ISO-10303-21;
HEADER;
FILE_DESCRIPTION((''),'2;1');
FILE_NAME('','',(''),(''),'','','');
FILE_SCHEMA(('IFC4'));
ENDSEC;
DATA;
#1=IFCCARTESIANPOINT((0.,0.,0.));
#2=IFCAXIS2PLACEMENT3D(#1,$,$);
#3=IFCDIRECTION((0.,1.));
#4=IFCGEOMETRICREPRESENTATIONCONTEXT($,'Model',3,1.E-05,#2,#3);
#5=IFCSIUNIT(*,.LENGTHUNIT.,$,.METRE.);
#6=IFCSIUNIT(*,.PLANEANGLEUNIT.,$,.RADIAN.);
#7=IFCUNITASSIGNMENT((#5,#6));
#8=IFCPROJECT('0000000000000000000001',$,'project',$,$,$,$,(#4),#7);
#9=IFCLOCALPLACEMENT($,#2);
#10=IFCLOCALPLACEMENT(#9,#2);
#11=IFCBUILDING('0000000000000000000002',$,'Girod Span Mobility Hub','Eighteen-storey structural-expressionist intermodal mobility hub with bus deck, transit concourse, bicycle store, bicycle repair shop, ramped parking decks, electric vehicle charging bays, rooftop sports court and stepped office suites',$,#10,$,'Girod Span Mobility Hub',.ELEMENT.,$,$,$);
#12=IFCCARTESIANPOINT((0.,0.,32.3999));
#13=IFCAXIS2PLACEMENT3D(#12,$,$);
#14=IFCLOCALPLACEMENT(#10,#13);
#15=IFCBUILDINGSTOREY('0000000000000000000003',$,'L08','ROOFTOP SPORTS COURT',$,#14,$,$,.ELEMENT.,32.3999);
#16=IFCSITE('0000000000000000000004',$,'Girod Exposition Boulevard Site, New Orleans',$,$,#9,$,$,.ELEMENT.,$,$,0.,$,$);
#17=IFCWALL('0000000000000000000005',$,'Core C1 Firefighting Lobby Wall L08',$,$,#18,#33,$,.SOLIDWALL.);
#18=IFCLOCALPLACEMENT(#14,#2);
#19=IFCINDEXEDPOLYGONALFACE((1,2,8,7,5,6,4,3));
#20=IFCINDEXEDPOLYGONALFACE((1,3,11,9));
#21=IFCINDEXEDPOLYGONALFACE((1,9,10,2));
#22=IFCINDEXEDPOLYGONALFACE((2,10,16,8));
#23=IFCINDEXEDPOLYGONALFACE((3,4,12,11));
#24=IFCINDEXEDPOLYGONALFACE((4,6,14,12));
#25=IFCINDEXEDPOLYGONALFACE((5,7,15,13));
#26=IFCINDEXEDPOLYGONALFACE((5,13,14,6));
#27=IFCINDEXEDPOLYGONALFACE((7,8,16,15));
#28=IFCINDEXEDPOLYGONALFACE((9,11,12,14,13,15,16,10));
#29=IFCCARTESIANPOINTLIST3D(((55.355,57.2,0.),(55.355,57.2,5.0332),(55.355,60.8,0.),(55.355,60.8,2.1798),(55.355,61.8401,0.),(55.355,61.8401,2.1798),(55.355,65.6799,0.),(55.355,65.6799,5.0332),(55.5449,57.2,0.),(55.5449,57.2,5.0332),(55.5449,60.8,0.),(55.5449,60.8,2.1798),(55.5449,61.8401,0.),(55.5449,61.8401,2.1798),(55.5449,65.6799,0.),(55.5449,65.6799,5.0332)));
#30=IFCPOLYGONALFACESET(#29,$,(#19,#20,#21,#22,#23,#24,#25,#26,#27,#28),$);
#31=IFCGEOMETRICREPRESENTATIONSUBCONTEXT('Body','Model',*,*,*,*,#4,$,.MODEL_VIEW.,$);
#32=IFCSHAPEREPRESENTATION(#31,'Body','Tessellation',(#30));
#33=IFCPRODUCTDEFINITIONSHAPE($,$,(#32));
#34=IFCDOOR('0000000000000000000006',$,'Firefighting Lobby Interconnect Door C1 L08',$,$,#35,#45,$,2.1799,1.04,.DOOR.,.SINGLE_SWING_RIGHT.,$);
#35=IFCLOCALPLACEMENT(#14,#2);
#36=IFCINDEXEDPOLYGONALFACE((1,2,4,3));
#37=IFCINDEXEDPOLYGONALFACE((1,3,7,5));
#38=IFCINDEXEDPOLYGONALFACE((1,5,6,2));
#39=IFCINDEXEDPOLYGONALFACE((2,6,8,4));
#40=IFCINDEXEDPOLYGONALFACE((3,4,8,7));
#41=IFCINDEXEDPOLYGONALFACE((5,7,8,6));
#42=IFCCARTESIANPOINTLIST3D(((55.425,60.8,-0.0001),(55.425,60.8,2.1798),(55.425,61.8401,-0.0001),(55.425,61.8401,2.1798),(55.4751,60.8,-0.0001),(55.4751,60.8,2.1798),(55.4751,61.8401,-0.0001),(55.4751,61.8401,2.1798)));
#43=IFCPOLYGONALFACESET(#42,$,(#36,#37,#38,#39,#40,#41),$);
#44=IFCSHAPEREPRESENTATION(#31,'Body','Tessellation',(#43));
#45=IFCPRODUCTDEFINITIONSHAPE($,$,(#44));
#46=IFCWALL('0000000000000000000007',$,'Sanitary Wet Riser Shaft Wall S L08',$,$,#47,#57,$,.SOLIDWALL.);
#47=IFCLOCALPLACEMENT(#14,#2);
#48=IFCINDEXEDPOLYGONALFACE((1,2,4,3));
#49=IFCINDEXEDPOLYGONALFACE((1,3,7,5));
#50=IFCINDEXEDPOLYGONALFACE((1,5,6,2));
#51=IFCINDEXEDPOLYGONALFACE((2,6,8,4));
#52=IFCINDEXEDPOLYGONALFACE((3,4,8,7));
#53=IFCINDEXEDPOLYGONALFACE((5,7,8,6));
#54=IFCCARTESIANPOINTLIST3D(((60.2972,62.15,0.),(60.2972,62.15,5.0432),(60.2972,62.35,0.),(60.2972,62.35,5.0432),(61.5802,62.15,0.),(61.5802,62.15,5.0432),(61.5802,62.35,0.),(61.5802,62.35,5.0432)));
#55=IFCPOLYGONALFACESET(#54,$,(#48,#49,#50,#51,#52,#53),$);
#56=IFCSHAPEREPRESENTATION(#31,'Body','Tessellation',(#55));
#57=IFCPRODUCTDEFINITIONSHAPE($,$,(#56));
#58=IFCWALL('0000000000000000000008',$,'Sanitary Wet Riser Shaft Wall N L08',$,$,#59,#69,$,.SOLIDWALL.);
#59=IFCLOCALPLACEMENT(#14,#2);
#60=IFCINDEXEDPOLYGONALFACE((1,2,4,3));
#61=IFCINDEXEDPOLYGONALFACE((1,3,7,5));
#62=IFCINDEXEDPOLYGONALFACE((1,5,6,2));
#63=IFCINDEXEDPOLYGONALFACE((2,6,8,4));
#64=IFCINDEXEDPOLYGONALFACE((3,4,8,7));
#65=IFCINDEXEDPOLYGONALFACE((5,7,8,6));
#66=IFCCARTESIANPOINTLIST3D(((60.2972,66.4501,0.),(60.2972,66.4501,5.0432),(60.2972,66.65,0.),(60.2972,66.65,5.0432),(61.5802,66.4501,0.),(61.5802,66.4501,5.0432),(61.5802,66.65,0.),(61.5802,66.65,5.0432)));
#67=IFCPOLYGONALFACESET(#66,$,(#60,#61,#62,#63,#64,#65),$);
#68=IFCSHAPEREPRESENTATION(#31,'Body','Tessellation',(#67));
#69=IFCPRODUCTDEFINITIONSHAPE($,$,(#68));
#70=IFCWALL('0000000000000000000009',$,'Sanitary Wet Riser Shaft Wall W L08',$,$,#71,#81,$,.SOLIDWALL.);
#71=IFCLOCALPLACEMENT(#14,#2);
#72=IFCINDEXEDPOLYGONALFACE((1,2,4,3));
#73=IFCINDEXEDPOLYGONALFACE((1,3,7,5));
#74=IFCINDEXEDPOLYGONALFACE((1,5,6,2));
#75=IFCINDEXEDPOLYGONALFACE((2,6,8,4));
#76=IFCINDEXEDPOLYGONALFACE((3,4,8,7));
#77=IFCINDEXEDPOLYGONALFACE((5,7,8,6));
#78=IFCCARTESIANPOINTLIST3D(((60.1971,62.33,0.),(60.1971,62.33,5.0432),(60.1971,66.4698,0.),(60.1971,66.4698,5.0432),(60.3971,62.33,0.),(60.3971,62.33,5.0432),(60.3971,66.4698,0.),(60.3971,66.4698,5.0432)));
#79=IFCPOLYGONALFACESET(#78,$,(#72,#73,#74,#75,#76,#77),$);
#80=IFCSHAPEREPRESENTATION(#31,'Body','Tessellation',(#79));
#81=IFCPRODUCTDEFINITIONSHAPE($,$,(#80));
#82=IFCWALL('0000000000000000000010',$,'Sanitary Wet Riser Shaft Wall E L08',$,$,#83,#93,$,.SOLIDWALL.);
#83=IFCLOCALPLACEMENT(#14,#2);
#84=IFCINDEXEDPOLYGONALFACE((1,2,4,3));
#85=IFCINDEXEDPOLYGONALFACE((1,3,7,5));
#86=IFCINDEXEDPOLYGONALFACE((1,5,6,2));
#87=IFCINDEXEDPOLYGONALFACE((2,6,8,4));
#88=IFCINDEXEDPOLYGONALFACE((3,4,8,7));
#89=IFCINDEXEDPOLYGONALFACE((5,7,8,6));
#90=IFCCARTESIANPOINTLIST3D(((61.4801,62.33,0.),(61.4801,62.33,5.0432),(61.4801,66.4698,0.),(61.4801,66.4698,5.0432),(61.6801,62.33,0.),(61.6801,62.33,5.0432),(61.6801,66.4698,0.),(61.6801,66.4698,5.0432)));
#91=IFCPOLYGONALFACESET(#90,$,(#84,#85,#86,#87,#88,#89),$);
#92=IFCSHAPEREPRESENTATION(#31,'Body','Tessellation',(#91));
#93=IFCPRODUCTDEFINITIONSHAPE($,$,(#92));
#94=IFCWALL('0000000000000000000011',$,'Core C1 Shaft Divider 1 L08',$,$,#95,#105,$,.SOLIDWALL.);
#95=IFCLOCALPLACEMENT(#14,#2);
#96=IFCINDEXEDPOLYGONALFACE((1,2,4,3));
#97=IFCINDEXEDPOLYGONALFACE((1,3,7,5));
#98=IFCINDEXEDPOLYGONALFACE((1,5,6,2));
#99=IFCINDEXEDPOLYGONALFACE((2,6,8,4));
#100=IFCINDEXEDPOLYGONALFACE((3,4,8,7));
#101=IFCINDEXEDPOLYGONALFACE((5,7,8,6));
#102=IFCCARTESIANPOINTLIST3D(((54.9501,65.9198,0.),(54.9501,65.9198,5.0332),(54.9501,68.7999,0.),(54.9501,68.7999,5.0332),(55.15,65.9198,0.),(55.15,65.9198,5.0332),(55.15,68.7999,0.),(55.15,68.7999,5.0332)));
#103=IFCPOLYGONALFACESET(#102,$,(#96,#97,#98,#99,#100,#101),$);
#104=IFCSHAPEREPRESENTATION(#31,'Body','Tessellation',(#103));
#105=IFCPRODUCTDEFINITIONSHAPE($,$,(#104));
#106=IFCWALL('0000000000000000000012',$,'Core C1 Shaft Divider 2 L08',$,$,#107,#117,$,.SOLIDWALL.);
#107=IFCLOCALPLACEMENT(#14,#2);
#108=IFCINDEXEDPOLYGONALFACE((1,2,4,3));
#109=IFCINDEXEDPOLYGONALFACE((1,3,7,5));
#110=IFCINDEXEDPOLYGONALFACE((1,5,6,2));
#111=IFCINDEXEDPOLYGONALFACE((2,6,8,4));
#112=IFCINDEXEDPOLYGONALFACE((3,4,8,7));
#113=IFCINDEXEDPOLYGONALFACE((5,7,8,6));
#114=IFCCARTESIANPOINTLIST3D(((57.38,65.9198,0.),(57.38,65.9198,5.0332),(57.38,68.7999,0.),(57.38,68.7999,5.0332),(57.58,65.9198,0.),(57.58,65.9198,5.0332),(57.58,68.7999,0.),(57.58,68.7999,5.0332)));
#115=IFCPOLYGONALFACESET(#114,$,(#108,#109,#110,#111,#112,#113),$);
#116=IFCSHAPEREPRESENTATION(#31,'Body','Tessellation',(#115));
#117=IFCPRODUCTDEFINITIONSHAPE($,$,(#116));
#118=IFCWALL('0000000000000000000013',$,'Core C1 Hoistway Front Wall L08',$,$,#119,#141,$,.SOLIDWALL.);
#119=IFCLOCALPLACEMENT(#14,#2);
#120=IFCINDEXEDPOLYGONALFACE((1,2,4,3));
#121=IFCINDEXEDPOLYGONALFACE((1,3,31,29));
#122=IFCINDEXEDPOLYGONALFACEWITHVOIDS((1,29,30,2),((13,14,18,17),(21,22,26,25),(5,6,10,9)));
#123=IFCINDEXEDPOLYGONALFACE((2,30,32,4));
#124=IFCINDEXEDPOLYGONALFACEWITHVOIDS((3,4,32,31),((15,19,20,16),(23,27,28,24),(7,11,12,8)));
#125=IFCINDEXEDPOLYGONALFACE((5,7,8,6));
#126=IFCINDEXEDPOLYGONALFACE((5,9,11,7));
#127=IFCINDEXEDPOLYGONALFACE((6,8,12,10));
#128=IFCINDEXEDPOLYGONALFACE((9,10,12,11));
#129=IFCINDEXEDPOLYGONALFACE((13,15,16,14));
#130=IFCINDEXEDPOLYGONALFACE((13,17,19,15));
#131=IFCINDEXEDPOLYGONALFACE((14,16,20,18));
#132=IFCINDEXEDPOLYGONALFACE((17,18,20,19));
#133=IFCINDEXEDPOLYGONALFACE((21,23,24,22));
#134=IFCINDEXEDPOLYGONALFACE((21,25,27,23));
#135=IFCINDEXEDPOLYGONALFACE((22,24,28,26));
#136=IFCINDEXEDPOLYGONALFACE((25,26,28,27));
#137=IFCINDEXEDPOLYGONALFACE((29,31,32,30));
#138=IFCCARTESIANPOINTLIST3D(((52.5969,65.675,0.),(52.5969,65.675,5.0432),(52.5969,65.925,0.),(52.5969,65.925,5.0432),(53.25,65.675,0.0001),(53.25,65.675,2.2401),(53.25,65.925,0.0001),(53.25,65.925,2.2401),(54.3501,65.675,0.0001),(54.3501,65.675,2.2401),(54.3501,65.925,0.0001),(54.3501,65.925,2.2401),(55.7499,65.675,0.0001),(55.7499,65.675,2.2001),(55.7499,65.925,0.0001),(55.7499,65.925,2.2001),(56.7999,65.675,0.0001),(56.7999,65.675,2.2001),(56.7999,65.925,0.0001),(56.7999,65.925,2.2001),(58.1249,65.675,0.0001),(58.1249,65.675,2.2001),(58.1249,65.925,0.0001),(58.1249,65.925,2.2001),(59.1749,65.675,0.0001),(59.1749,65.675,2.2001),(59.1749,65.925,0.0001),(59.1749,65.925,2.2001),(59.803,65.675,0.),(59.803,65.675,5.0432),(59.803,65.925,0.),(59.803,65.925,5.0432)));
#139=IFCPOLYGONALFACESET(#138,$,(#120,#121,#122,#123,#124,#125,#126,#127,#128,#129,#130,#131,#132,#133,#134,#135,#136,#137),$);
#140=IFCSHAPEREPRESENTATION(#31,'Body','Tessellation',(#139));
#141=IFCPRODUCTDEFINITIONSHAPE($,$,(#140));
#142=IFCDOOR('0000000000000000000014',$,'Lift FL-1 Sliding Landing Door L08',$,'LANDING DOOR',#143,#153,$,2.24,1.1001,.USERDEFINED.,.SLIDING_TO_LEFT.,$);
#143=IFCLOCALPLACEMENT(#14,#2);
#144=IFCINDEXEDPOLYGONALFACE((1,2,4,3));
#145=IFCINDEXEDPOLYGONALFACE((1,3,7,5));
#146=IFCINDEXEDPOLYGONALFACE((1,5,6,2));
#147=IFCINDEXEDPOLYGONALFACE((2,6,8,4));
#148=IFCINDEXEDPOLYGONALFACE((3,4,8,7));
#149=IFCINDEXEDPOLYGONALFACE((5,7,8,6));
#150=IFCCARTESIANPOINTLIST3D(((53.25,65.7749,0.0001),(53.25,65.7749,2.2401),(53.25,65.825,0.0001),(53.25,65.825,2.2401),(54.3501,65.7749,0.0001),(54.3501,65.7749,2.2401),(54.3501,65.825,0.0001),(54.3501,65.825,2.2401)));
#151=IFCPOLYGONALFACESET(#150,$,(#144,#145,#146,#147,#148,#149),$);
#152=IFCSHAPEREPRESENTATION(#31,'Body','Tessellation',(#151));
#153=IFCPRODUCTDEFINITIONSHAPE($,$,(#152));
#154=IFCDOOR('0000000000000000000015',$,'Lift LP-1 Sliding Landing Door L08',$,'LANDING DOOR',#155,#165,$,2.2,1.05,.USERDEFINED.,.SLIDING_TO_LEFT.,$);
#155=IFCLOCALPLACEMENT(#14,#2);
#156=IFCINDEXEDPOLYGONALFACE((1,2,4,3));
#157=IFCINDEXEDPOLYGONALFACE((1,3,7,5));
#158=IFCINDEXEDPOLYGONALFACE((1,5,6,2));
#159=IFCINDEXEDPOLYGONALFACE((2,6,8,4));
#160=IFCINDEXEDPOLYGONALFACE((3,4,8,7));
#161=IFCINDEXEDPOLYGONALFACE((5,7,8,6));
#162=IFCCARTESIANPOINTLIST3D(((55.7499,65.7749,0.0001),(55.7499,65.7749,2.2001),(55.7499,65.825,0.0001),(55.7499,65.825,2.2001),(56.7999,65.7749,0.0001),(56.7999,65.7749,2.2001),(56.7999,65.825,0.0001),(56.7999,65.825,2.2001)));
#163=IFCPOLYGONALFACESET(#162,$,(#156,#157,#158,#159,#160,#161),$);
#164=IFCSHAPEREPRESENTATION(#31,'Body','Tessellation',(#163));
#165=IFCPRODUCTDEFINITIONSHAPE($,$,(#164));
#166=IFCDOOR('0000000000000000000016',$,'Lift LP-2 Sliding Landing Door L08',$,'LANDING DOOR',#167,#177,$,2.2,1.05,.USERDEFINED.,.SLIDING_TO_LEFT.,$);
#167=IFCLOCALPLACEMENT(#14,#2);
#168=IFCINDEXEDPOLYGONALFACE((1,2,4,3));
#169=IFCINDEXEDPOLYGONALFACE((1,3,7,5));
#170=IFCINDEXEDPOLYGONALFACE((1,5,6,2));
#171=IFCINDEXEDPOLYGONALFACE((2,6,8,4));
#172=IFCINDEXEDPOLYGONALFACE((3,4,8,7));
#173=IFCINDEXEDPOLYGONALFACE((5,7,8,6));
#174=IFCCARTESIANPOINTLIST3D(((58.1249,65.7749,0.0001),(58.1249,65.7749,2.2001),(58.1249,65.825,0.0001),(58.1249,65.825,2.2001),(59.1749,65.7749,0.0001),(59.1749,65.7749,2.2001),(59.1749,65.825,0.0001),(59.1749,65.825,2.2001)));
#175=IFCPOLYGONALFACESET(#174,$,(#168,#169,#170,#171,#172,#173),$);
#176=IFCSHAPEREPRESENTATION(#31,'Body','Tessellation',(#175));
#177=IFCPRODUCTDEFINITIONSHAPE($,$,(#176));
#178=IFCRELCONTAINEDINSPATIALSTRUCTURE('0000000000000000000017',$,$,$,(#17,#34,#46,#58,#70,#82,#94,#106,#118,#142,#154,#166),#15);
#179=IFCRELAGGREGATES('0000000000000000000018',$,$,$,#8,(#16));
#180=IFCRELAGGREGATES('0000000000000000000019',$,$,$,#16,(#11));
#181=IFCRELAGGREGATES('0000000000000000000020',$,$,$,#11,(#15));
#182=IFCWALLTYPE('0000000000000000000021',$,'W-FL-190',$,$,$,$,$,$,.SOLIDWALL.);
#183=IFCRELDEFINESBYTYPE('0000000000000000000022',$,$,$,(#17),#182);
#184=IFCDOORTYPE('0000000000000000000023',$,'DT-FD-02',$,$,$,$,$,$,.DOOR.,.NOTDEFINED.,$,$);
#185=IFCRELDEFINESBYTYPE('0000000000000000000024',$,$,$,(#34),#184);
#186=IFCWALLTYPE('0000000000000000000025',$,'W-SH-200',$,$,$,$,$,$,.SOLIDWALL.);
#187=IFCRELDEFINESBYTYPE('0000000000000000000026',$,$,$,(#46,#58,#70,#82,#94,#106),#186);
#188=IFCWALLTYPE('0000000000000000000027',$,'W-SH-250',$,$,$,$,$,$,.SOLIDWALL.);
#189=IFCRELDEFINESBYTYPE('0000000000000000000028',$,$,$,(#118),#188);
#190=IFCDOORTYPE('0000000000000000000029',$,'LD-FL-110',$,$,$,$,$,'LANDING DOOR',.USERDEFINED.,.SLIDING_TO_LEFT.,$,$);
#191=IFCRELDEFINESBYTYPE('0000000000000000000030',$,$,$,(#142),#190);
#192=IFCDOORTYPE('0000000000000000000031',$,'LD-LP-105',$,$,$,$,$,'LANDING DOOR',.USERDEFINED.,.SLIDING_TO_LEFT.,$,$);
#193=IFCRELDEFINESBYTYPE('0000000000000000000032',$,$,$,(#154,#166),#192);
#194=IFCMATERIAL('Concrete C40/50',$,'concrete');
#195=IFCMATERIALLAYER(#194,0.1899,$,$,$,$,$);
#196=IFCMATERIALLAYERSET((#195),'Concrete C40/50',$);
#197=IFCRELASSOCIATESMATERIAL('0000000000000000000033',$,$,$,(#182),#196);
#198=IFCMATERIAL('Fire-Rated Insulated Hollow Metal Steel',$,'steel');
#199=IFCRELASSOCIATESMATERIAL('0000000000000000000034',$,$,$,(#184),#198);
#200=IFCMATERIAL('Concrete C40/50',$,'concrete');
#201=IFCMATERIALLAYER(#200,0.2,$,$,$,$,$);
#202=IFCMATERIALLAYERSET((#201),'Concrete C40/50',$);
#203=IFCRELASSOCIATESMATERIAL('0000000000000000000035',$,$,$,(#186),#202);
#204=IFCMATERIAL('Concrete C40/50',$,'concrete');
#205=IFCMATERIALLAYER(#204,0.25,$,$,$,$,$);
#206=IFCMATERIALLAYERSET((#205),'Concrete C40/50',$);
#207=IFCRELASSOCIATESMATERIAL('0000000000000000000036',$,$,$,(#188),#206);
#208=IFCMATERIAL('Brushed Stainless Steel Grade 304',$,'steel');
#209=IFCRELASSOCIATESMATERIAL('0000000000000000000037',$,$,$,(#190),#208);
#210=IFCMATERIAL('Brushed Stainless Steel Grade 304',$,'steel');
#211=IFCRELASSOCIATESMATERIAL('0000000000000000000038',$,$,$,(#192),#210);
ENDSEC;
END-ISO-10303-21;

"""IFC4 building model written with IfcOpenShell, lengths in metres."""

from ifc_helpers import new_model, si_unit, direction, frame, frame_2d, origin, place, context, subcontext, project, spatial, rectangle, extrude, material, layer, layer_set, type_object, element, fill, save


model = new_model("IFC4")

# Units and contexts
model_context = context("Model", 3, precision=1e-05, world=origin(), true_north=direction((0.0, 1.0)))
body_context = subcontext(model_context, "Body", "Model", "MODEL_VIEW")
ifc_project = project(units=[si_unit("LENGTHUNIT", "METRE"), si_unit("PLANEANGLEUNIT", "RADIAN")], contexts=[model_context])

# Site, building, storey
site_placement = place(None, origin())
site = spatial("IfcSite", under=ifc_project, at=site_placement, Name="Girod Exposition Boulevard Site, New Orleans", CompositionType="ELEMENT", RefElevation=0.0)
building_placement = place(site_placement, origin())
building = spatial("IfcBuilding", under=site, at=building_placement, Name="Girod Span Mobility Hub", Description="Eighteen-storey structural-expressionist intermodal mobility hub with bus deck, transit concourse, bicycle store, bicycle repair shop, ramped parking decks, electric vehicle charging bays, rooftop sports court and stepped office suites", LongName="Girod Span Mobility Hub", CompositionType="ELEMENT")
storey_placement = place(building_placement, frame((0.0, 0.0, 32.3999)))
storey = spatial("IfcBuildingStorey", under=building, at=storey_placement, Name="L08", Description="ROOFTOP SPORTS COURT", CompositionType="ELEMENT", Elevation=32.3999)

# Wall, opening, door
ifc_material_1 = material(Name="Concrete C40/50", Category="concrete")
ifc_layer_1 = layer(ifc_material_1, 0.1899)
ifc_layer_set_1 = layer_set([ifc_layer_1], Name="Concrete C40/50")
wall_type_1 = type_object("IfcWallType", Name="W-FL-190", PredefinedType="SOLIDWALL", material=ifc_layer_set_1)
wall_1_placement = place(storey_placement, frame((55.45, 57.2, 0.0), z_axis=(0.0, 0.0, 1.0), x_axis=(0.0, 1.0, 0.0)))
wall_1 = element("IfcWall", 1, at=wall_1_placement, inside=storey, type_object=wall_type_1, Name="Core C1 Firefighting Lobby Wall L08", PredefinedType="SOLIDWALL", context=body_context, shape_type="SweptSolid", body=[
    extrude(rectangle(XDim=8.48, YDim=0.1899, at=frame_2d((4.24, 0.0))), origin(), (0.0, 0.0, 1.0), 5.0332),
])
opening_1_placement = place(wall_1_placement, frame((3.6001, 0.0, 0.0)))
opening_1 = element("IfcOpeningElement", 2, at=opening_1_placement, cuts=wall_1, PredefinedType="OPENING", context=body_context, shape_type="SweptSolid", body=[
    extrude(rectangle(XDim=1.04, YDim=2.1799, at=frame_2d((0.52, 1.0898))), frame((0.0, 0.1099, 0.0), z_axis=(0.0, -1.0, 0.0), x_axis=(1.0, 0.0, 0.0)), (0.0, 0.0, 1.0), 0.22),
])
ifc_material_2 = material(Name="Fire-Rated Insulated Hollow Metal Steel", Category="steel")
door_type_1 = type_object("IfcDoorType", Name="DT-FD-02", OperationType="NOTDEFINED", PredefinedType="DOOR", material=ifc_material_2)
door_1_placement = place(opening_1_placement, origin())
door_1 = element("IfcDoor", 3, at=door_1_placement, inside=storey, type_object=door_type_1, Name="Firefighting Lobby Interconnect Door C1 L08", OperationType="SINGLE_SWING_RIGHT", OverallHeight=2.1799, OverallWidth=1.04, PredefinedType="DOOR", context=body_context, shape_type="SweptSolid", body=[
    extrude(rectangle(XDim=1.04, YDim=2.1799, at=frame_2d((0.52, 1.0898))), frame((0.0, 0.0249, 0.0), z_axis=(0.0, -1.0, 0.0), x_axis=(1.0, 0.0, 0.0)), (0.0, 0.0, 1.0), 0.05),
])
fill(opening_1, door_1)

# Walls
ifc_material_3 = material(Name="Concrete C40/50", Category="concrete")
ifc_layer_2 = layer(ifc_material_3, 0.2)
ifc_layer_set_2 = layer_set([ifc_layer_2], Name="Concrete C40/50")
wall_type_2 = type_object("IfcWallType", Name="W-SH-200", PredefinedType="SOLIDWALL", material=ifc_layer_set_2)
for number, where, z_axis, x_axis, name in (
    (4, (60.2971, 62.25, 0.0), (0.0, 0.0, 1.0), (1.0, 0.0, 0.0), "Sanitary Wet Riser Shaft Wall S L08"),
    (5, (60.2971, 66.55, 0.0), (0.0, 0.0, 1.0), (1.0, 0.0, 0.0), "Sanitary Wet Riser Shaft Wall N L08"),
):
    element("IfcWall", number, at=place(storey_placement, frame(where, z_axis=z_axis, x_axis=x_axis)), inside=storey, type_object=wall_type_2, Name=name, PredefinedType="SOLIDWALL", context=body_context, shape_type="SweptSolid", body=[
        extrude(rectangle(XDim=1.283, YDim=0.2, at=frame_2d((0.6416, 0.0))), origin(), (0.0, 0.0, 1.0), 5.0432),
    ])
for number, where, z_axis, x_axis, name in (
    (6, (60.2971, 62.3301, 0.0), (0.0, 0.0, 1.0), (0.0, 1.0, 0.0), "Sanitary Wet Riser Shaft Wall W L08"),
    (7, (61.5801, 62.3301, 0.0), (0.0, 0.0, 1.0), (0.0, 1.0, 0.0), "Sanitary Wet Riser Shaft Wall E L08"),
):
    element("IfcWall", number, at=place(storey_placement, frame(where, z_axis=z_axis, x_axis=x_axis)), inside=storey, type_object=wall_type_2, Name=name, PredefinedType="SOLIDWALL", context=body_context, shape_type="SweptSolid", body=[
        extrude(rectangle(XDim=4.1399, YDim=0.2, at=frame_2d((2.0698, 0.0))), origin(), (0.0, 0.0, 1.0), 5.0432),
    ])
for number, where, z_axis, x_axis, name in (
    (8, (55.05, 65.9199, 0.0), (0.0, 0.0, 1.0), (0.0, 1.0, 0.0), "Core C1 Shaft Divider 1 L08"),
    (9, (57.48, 65.9199, 0.0), (0.0, 0.0, 1.0), (0.0, 1.0, 0.0), "Core C1 Shaft Divider 2 L08"),
):
    element("IfcWall", number, at=place(storey_placement, frame(where, z_axis=z_axis, x_axis=x_axis)), inside=storey, type_object=wall_type_2, Name=name, PredefinedType="SOLIDWALL", context=body_context, shape_type="SweptSolid", body=[
        extrude(rectangle(XDim=2.8801, YDim=0.2, at=frame_2d((1.4399, 0.0))), origin(), (0.0, 0.0, 1.0), 5.0332),
    ])

# Wall, openings, doors
ifc_material_4 = material(Name="Concrete C40/50", Category="concrete")
ifc_layer_3 = layer(ifc_material_4, 0.25)
ifc_layer_set_3 = layer_set([ifc_layer_3], Name="Concrete C40/50")
wall_type_3 = type_object("IfcWallType", Name="W-SH-250", PredefinedType="SOLIDWALL", material=ifc_layer_set_3)
wall_2_placement = place(storey_placement, frame((52.5969, 65.8, 0.0), z_axis=(0.0, 0.0, 1.0), x_axis=(1.0, 0.0, 0.0)))
wall_2 = element("IfcWall", 10, at=wall_2_placement, inside=storey, type_object=wall_type_3, Name="Core C1 Hoistway Front Wall L08", PredefinedType="SOLIDWALL", context=body_context, shape_type="SweptSolid", body=[
    extrude(rectangle(XDim=7.2061, YDim=0.25, at=frame_2d((3.603, 0.0))), origin(), (0.0, 0.0, 1.0), 5.0432),
])
opening_2_placement = place(wall_2_placement, frame((0.6531, 0.0, 0.0)))
opening_2 = element("IfcOpeningElement", 11, at=opening_2_placement, cuts=wall_2, PredefinedType="OPENING", context=body_context, shape_type="SweptSolid", body=[
    extrude(rectangle(XDim=1.1001, YDim=2.24, at=frame_2d((0.55, 1.1201))), frame((0.0, 0.1399, 0.0), z_axis=(0.0, -1.0, 0.0), x_axis=(1.0, 0.0, 0.0)), (0.0, 0.0, 1.0), 0.28),
])
opening_3_placement = place(wall_2_placement, frame((3.1531, 0.0, 0.0)))
opening_3 = element("IfcOpeningElement", 12, at=opening_3_placement, cuts=wall_2, PredefinedType="OPENING", context=body_context, shape_type="SweptSolid", body=[
    extrude(rectangle(XDim=1.05, YDim=2.2, at=frame_2d((0.5249, 1.1001))), frame((0.0, 0.1399, 0.0), z_axis=(0.0, -1.0, 0.0), x_axis=(1.0, 0.0, 0.0)), (0.0, 0.0, 1.0), 0.28),
])
opening_4_placement = place(wall_2_placement, frame((5.5281, 0.0, 0.0)))
opening_4 = element("IfcOpeningElement", 13, at=opening_4_placement, cuts=wall_2, PredefinedType="OPENING", context=body_context, shape_type="SweptSolid", body=[
    extrude(rectangle(XDim=1.05, YDim=2.2, at=frame_2d((0.5249, 1.1001))), frame((0.0, 0.1399, 0.0), z_axis=(0.0, -1.0, 0.0), x_axis=(1.0, 0.0, 0.0)), (0.0, 0.0, 1.0), 0.28),
])
ifc_material_5 = material(Name="Brushed Stainless Steel Grade 304", Category="steel")
door_type_2 = type_object("IfcDoorType", Name="LD-FL-110", ElementType="LANDING DOOR", OperationType="SLIDING_TO_LEFT", PredefinedType="USERDEFINED", material=ifc_material_5)
door_2_placement = place(opening_2_placement, origin())
door_2 = element("IfcDoor", 14, at=door_2_placement, inside=storey, type_object=door_type_2, Name="Lift FL-1 Sliding Landing Door L08", ObjectType="LANDING DOOR", OperationType="SLIDING_TO_LEFT", OverallHeight=2.24, OverallWidth=1.1001, PredefinedType="USERDEFINED", context=body_context, shape_type="SweptSolid", body=[
    extrude(rectangle(XDim=1.1001, YDim=2.24, at=frame_2d((0.55, 1.1201))), frame((0.0, 0.0249, 0.0), z_axis=(0.0, -1.0, 0.0), x_axis=(1.0, 0.0, 0.0)), (0.0, 0.0, 1.0), 0.05),
])
fill(opening_2, door_2)
ifc_material_6 = material(Name="Brushed Stainless Steel Grade 304", Category="steel")
door_type_3 = type_object("IfcDoorType", Name="LD-LP-105", ElementType="LANDING DOOR", OperationType="SLIDING_TO_LEFT", PredefinedType="USERDEFINED", material=ifc_material_6)
door_3_placement = place(opening_3_placement, origin())
door_3 = element("IfcDoor", 15, at=door_3_placement, inside=storey, type_object=door_type_3, Name="Lift LP-1 Sliding Landing Door L08", ObjectType="LANDING DOOR", OperationType="SLIDING_TO_LEFT", OverallHeight=2.2, OverallWidth=1.05, PredefinedType="USERDEFINED", context=body_context, shape_type="SweptSolid", body=[
    extrude(rectangle(XDim=1.05, YDim=2.2, at=frame_2d((0.5249, 1.1001))), frame((0.0, 0.0249, 0.0), z_axis=(0.0, -1.0, 0.0), x_axis=(1.0, 0.0, 0.0)), (0.0, 0.0, 1.0), 0.05),
])
fill(opening_3, door_3)
door_4_placement = place(opening_4_placement, origin())
door_4 = element("IfcDoor", 16, at=door_4_placement, inside=storey, type_object=door_type_3, Name="Lift LP-2 Sliding Landing Door L08", ObjectType="LANDING DOOR", OperationType="SLIDING_TO_LEFT", OverallHeight=2.2, OverallWidth=1.05, PredefinedType="USERDEFINED", context=body_context, shape_type="SweptSolid", body=[
    extrude(rectangle(XDim=1.05, YDim=2.2, at=frame_2d((0.5249, 1.1001))), frame((0.0, 0.0249, 0.0), z_axis=(0.0, -1.0, 0.0), x_axis=(1.0, 0.0, 0.0)), (0.0, 0.0, 1.0), 0.05),
])
fill(opening_4, door_4)

save(model, "model.ifc")
